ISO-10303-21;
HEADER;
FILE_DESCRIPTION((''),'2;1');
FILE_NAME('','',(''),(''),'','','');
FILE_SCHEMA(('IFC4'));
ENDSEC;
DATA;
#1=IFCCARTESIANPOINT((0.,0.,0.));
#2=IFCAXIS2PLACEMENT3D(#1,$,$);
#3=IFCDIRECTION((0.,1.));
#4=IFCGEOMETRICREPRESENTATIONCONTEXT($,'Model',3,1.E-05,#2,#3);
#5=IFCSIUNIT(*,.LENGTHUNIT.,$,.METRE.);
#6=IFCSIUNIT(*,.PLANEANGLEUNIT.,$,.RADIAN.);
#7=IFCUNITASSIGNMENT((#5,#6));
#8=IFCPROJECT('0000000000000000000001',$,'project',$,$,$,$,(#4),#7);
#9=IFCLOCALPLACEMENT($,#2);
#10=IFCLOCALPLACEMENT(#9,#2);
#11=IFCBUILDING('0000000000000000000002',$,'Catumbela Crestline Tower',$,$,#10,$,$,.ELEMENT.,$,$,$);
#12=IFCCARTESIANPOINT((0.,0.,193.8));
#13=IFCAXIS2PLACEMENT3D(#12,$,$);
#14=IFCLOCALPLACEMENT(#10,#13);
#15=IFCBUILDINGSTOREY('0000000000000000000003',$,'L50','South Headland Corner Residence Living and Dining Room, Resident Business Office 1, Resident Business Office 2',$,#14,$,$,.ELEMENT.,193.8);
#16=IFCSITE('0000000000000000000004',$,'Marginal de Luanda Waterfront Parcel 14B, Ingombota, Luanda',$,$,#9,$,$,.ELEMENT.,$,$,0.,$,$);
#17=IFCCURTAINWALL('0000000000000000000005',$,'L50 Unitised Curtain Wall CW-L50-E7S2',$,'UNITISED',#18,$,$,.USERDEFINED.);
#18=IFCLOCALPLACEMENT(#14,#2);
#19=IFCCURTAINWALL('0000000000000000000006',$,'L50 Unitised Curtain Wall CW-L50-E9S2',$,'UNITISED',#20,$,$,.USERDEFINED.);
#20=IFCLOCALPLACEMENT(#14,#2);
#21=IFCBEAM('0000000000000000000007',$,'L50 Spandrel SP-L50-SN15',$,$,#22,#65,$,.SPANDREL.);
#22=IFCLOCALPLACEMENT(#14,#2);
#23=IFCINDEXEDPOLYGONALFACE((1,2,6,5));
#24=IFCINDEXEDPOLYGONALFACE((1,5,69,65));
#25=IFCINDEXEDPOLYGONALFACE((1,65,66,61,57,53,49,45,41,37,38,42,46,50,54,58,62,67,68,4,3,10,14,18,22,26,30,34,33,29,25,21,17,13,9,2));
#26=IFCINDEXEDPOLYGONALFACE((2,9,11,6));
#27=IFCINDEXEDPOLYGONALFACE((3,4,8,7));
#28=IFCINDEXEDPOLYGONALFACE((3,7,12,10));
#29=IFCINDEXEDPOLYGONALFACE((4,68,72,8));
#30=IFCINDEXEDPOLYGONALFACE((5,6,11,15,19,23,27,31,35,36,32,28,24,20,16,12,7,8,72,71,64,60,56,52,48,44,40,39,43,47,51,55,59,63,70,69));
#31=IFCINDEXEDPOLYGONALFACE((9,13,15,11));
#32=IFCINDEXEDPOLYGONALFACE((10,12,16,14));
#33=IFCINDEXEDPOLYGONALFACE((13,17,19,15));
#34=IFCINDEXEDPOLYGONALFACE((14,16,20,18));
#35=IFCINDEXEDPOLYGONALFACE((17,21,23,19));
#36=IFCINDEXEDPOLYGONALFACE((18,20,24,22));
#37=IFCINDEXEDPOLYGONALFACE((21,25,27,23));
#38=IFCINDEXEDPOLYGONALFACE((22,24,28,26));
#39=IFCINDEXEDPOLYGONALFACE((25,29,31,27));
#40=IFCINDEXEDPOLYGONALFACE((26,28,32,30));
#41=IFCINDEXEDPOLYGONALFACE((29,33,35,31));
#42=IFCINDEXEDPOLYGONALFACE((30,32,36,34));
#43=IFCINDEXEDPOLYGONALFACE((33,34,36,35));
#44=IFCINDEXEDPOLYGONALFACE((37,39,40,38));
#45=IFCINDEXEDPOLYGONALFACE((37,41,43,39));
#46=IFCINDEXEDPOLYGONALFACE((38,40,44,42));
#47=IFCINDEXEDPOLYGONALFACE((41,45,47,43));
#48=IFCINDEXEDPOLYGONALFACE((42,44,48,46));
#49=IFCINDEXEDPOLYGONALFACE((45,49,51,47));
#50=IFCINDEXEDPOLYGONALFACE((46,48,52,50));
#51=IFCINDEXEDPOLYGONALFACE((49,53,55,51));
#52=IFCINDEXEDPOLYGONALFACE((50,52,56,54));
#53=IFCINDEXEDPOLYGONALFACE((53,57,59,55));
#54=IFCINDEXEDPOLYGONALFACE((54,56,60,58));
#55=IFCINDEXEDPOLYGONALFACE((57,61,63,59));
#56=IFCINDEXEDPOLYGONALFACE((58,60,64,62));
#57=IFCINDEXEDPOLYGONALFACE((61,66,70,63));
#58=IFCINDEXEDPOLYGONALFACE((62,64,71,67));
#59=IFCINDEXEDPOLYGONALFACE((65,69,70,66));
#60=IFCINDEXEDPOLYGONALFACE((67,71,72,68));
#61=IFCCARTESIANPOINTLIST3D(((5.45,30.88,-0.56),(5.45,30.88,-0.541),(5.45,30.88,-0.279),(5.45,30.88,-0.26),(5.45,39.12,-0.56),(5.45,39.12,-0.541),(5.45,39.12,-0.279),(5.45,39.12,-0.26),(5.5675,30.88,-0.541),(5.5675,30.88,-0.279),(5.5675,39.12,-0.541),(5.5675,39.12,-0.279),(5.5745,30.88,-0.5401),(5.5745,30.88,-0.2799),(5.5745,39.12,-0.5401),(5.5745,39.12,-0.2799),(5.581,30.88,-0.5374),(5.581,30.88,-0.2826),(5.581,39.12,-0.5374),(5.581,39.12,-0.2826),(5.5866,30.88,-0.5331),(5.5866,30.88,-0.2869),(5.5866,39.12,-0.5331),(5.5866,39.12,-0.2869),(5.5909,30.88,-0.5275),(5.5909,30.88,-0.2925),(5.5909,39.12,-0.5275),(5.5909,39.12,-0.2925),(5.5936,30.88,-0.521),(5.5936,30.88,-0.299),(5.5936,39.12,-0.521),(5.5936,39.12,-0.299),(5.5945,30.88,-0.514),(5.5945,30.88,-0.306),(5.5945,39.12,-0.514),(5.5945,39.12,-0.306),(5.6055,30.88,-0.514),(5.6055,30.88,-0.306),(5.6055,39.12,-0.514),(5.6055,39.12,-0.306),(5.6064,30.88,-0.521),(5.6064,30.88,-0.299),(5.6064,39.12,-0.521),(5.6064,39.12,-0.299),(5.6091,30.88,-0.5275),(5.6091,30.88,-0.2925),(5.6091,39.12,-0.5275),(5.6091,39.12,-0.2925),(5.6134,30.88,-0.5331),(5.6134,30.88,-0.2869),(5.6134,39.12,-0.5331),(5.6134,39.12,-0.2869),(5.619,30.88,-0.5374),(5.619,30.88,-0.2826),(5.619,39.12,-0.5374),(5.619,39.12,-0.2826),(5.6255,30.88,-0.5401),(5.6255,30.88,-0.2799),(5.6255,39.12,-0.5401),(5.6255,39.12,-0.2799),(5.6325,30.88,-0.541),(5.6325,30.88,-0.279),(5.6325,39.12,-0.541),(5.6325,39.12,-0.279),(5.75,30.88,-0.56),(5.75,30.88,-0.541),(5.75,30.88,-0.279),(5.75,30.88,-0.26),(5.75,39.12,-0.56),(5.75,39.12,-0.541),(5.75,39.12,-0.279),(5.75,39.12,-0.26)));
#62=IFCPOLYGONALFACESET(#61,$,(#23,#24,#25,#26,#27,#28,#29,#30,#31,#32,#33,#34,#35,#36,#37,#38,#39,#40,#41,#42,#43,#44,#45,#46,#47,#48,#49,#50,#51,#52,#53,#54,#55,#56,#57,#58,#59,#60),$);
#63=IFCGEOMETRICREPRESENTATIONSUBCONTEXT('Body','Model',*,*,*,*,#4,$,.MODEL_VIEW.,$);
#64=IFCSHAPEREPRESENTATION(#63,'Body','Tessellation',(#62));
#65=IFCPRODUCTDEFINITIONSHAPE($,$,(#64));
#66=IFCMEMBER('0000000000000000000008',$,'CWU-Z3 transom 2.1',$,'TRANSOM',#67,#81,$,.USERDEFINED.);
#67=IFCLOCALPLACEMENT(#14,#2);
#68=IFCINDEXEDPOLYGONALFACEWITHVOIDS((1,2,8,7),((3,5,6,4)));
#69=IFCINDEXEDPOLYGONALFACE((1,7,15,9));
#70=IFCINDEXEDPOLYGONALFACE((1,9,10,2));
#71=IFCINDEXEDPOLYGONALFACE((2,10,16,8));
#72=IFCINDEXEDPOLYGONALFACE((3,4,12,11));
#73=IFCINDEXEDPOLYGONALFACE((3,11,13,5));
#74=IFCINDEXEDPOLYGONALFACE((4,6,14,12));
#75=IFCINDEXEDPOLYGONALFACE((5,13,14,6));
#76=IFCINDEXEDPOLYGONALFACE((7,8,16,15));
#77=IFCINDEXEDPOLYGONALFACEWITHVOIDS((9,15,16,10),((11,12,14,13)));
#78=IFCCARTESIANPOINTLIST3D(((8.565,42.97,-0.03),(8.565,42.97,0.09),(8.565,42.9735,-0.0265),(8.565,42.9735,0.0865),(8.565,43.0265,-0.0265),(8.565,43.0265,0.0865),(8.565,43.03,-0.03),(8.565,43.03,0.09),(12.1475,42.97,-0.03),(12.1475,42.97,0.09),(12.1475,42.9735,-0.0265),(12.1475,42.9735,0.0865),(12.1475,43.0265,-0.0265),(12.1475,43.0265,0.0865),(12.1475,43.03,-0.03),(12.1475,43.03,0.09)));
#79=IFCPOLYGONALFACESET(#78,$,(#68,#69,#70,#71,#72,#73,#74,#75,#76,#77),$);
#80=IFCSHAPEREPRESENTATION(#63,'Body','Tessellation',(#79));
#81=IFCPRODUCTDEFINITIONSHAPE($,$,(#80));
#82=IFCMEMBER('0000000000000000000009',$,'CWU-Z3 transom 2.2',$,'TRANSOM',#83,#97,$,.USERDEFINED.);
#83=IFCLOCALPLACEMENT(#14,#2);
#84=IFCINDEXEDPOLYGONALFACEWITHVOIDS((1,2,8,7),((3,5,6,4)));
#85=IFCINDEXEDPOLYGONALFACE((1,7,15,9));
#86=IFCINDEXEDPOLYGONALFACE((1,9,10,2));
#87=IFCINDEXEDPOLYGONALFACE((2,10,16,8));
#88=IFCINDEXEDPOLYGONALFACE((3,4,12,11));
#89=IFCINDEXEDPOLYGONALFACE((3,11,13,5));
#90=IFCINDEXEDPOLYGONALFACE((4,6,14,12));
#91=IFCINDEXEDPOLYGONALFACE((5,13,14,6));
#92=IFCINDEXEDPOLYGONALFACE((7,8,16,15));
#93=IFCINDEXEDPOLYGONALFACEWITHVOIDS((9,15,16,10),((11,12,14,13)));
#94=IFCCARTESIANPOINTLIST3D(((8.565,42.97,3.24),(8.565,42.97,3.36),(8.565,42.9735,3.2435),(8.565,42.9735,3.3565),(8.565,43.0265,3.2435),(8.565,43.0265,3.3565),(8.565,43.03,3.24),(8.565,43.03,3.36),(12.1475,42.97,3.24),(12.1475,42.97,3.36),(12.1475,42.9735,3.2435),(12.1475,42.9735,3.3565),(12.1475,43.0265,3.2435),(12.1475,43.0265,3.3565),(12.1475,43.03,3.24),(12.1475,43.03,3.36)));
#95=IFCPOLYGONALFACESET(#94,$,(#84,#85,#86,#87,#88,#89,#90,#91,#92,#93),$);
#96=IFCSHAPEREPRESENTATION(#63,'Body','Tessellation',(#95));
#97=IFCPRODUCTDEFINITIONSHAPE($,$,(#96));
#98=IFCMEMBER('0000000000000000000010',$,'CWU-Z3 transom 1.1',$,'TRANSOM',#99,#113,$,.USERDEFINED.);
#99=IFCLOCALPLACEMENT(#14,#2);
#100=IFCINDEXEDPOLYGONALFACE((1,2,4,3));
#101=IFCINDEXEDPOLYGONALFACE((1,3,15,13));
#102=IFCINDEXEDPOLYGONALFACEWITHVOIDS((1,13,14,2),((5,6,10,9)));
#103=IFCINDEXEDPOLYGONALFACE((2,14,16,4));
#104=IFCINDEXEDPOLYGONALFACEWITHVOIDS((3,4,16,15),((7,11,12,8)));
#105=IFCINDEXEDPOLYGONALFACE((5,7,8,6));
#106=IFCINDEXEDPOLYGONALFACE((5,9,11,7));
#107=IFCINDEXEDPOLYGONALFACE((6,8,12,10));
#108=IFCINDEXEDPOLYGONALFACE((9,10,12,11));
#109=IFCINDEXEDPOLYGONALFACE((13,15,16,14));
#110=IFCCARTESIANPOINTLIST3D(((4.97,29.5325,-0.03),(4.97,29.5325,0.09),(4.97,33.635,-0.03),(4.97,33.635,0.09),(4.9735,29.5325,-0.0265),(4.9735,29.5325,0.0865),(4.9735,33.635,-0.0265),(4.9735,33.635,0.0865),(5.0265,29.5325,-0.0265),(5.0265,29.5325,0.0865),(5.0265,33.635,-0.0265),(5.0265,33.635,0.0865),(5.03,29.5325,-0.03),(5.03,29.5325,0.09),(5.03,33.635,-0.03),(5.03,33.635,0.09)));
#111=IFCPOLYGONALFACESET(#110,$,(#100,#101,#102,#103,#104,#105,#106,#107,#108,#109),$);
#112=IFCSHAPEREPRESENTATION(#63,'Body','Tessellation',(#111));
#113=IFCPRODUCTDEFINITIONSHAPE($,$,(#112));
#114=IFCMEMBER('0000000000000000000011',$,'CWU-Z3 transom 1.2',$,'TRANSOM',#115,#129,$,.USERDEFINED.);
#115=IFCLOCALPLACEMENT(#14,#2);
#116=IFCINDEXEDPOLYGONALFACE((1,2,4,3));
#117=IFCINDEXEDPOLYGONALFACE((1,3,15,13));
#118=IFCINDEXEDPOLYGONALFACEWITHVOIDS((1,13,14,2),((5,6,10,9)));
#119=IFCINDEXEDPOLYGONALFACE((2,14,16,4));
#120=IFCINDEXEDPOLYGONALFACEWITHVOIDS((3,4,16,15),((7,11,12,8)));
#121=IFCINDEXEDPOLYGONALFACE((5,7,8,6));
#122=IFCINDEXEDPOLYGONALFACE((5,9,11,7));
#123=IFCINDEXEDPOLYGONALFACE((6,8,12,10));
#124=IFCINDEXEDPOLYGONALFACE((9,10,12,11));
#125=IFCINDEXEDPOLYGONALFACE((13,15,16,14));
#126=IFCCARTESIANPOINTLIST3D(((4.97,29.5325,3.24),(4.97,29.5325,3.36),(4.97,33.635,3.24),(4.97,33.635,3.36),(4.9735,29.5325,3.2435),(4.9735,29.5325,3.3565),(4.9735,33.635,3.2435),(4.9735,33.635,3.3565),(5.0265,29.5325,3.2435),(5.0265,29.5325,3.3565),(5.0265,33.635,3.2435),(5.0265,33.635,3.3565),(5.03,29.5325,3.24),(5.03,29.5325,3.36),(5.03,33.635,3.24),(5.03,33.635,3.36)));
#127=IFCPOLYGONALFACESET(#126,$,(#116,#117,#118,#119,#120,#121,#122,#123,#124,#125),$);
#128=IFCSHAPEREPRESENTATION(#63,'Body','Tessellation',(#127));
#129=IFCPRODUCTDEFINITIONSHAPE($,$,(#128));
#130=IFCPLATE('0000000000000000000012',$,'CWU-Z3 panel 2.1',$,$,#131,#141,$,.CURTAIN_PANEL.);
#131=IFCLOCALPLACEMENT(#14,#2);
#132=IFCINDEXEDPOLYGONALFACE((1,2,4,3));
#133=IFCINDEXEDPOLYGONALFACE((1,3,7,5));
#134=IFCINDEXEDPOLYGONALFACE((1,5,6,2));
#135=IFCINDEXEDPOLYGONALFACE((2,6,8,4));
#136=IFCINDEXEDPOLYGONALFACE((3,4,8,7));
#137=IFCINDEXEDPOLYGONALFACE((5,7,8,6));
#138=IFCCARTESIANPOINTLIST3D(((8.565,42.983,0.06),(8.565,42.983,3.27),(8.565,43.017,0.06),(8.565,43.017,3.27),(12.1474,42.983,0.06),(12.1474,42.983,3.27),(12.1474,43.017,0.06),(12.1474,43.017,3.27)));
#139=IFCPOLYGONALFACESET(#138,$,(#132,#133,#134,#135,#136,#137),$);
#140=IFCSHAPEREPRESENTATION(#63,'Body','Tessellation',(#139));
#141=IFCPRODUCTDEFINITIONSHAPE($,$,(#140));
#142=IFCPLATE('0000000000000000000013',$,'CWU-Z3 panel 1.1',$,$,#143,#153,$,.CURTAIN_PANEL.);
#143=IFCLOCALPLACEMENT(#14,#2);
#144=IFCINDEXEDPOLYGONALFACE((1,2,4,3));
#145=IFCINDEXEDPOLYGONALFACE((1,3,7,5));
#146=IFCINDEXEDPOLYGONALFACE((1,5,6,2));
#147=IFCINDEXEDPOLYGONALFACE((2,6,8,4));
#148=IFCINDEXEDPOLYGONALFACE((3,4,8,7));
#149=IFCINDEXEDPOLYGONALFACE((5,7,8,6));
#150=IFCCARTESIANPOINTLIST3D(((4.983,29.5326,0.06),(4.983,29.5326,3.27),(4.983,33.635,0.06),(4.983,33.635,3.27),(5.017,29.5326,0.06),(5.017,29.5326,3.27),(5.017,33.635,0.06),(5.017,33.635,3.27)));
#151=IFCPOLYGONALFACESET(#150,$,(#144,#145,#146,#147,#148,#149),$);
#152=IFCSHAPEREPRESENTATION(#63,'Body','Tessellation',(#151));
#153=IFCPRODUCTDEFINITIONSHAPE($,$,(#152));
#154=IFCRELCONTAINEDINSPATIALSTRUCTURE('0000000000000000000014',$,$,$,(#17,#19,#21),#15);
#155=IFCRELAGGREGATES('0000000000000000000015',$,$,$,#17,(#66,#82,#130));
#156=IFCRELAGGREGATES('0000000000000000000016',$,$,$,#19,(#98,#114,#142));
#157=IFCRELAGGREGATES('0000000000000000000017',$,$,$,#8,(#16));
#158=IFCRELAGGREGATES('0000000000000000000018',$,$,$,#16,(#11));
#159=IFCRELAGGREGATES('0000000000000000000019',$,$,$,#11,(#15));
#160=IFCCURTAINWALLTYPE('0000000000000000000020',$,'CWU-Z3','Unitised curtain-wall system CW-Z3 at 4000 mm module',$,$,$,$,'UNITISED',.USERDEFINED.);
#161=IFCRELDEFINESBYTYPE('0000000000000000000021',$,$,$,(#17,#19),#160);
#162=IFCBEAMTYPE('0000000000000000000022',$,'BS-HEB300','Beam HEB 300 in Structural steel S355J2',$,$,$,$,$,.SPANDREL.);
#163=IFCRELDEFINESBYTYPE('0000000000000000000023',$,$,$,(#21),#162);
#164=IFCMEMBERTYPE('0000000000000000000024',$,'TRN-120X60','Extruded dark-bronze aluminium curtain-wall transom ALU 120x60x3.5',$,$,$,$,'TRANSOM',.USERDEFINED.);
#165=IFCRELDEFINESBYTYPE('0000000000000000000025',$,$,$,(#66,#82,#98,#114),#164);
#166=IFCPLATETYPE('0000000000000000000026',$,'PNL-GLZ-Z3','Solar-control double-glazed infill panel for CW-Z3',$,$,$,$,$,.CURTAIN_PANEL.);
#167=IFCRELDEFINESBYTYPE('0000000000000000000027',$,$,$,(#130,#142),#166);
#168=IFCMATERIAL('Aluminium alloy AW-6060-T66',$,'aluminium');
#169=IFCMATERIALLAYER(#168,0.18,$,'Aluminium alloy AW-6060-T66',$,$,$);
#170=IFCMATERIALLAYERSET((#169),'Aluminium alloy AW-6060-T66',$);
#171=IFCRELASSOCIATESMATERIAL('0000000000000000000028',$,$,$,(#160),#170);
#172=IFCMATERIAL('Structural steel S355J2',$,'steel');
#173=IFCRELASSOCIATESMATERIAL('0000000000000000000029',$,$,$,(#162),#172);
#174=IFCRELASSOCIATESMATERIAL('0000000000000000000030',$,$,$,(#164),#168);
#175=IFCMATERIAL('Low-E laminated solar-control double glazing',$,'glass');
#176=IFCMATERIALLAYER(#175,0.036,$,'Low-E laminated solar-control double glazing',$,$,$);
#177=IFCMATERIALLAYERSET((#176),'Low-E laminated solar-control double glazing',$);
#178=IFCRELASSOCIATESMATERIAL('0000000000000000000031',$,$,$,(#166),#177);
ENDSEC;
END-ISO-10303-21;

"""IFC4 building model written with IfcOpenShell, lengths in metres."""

from ifc_helpers import new_model, si_unit, direction, frame, origin, origin_2d, place, context, subcontext, project, spatial, rectangle, hollow_rectangle, i_section, extrude, material, layer, layer_set, material_profile, profile_set, type_object, element, aggregate, save


model = new_model("IFC4")

# Units and contexts
model_context = context("Model", 3, precision=1e-05, world=origin(), true_north=direction((0.0, 1.0)))
body_context = subcontext(model_context, "Body", "Model", "MODEL_VIEW")
ifc_project = project(units=[si_unit("LENGTHUNIT", "METRE"), si_unit("PLANEANGLEUNIT", "RADIAN")], contexts=[model_context])

# Site, building, storey
site_placement = place(None, origin())
site = spatial("IfcSite", under=ifc_project, at=site_placement, Name="Marginal de Luanda Waterfront Parcel 14B, Ingombota, Luanda", CompositionType="ELEMENT", RefElevation=0.0)
building_placement = place(site_placement, origin())
building = spatial("IfcBuilding", under=site, at=building_placement, Name="Catumbela Crestline Tower", CompositionType="ELEMENT")
storey_placement = place(building_placement, frame((0.0, 0.0, 193.8)))
storey = spatial("IfcBuildingStorey", under=building, at=storey_placement, Name="L50", Description="South Headland Corner Residence Living and Dining Room, Resident Business Office 1, Resident Business Office 2", CompositionType="ELEMENT", Elevation=193.8)

# Shared definitions
ifc_material_1 = material(Name="Structural steel S355J2", Category="steel")

# Curtain wall
ifc_material_2 = material(Name="Aluminium alloy AW-6060-T66", Category="aluminium")
ifc_layer_1 = layer(ifc_material_2, 0.18, Name="Aluminium alloy AW-6060-T66")
ifc_layer_set_1 = layer_set([ifc_layer_1], Name="Aluminium alloy AW-6060-T66")
curtain_wall_type = type_object("IfcCurtainWallType", Name="CWU-Z3", Description="Unitised curtain-wall system CW-Z3 at 4000 mm module", ElementType="UNITISED", PredefinedType="USERDEFINED", material=ifc_layer_set_1)
curtain_wall_1_placement = place(storey_placement, origin())
curtain_wall_1 = element("IfcCurtainWall", 1, at=curtain_wall_1_placement, inside=storey, type_object=curtain_wall_type, Name="L50 Unitised Curtain Wall CW-L50-E7S2", ObjectType="UNITISED", PredefinedType="USERDEFINED")

# Curtain wall
curtain_wall_2_placement = place(storey_placement, origin())
curtain_wall_2 = element("IfcCurtainWall", 2, at=curtain_wall_2_placement, inside=storey, type_object=curtain_wall_type, Name="L50 Unitised Curtain Wall CW-L50-E9S2", ObjectType="UNITISED", PredefinedType="USERDEFINED")

# Beam
ifc_material_profile_1 = material_profile(ifc_material_1, i_section(OverallWidth=0.3, OverallDepth=0.3, WebThickness=0.011, FlangeThickness=0.019, FilletRadius=0.027, at=origin_2d()), Name="HEB 300")
ifc_profile_set_1 = profile_set([ifc_material_profile_1], Name="Structural steel S355J2")
beam_type = type_object("IfcBeamType", Name="BS-HEB300", Description="Beam HEB 300 in Structural steel S355J2", PredefinedType="SPANDREL", material=ifc_profile_set_1)
beam_1_placement = place(storey_placement, frame((5.6, 30.88, -0.41), z_axis=(0.0, 1.0, 0.0), x_axis=(-1.0, 0.0, 0.0)))
element("IfcBeam", 3, at=beam_1_placement, inside=storey, type_object=beam_type, Name="L50 Spandrel SP-L50-SN15", PredefinedType="SPANDREL", context=body_context, shape_type="SweptSolid", body=[
    extrude(i_section(OverallWidth=0.3, OverallDepth=0.3, WebThickness=0.011, FlangeThickness=0.019, FilletRadius=0.027, at=origin_2d()), origin(), (0.0, 0.0, 1.0), 8.24),
])

# Members
ifc_material_profile_2 = material_profile(ifc_material_2, hollow_rectangle(XDim=0.06, YDim=0.12, WallThickness=0.0035, at=origin_2d()), Name="ALU 120x60x3.5")
ifc_profile_set_2 = profile_set([ifc_material_profile_2], Name="Aluminium alloy AW-6060-T66")
member_type_1 = type_object("IfcMemberType", Name="TRN-120X60", Description="Extruded dark-bronze aluminium curtain-wall transom ALU 120x60x3.5", ElementType="TRANSOM", PredefinedType="USERDEFINED", material=ifc_profile_set_2)
member_1_placement = place(storey_placement, frame((12.1475, 43.0, 0.03), z_axis=(-1.0, 0.0, 0.0), x_axis=(0.0, -1.0, 0.0)))
member_1 = element("IfcMember", 4, at=member_1_placement, type_object=member_type_1, Name="CWU-Z3 transom 2.1", ObjectType="TRANSOM", PredefinedType="USERDEFINED", context=body_context, shape_type="SweptSolid", body=[
    extrude(hollow_rectangle(XDim=0.06, YDim=0.12, WallThickness=0.0035, at=origin_2d()), origin(), (0.0, 0.0, 1.0), 3.5825),
])
member_2_placement = place(storey_placement, frame((12.1475, 43.0, 3.3), z_axis=(-1.0, 0.0, 0.0), x_axis=(0.0, -1.0, 0.0)))
member_2 = element("IfcMember", 5, at=member_2_placement, type_object=member_type_1, Name="CWU-Z3 transom 2.2", ObjectType="TRANSOM", PredefinedType="USERDEFINED", context=body_context, shape_type="SweptSolid", body=[
    extrude(hollow_rectangle(XDim=0.06, YDim=0.12, WallThickness=0.0035, at=origin_2d()), origin(), (0.0, 0.0, 1.0), 3.5825),
])
member_3_placement = place(storey_placement, frame((5.0, 33.635, 0.03), z_axis=(0.0, -1.0, 0.0), x_axis=(1.0, 0.0, 0.0)))
member_3 = element("IfcMember", 6, at=member_3_placement, type_object=member_type_1, Name="CWU-Z3 transom 1.1", ObjectType="TRANSOM", PredefinedType="USERDEFINED", context=body_context, shape_type="SweptSolid", body=[
    extrude(hollow_rectangle(XDim=0.06, YDim=0.12, WallThickness=0.0035, at=origin_2d()), origin(), (0.0, 0.0, 1.0), 4.1025),
])
member_4_placement = place(storey_placement, frame((5.0, 33.635, 3.3), z_axis=(0.0, -1.0, 0.0), x_axis=(1.0, 0.0, 0.0)))
member_4 = element("IfcMember", 7, at=member_4_placement, type_object=member_type_1, Name="CWU-Z3 transom 1.2", ObjectType="TRANSOM", PredefinedType="USERDEFINED", context=body_context, shape_type="SweptSolid", body=[
    extrude(hollow_rectangle(XDim=0.06, YDim=0.12, WallThickness=0.0035, at=origin_2d()), origin(), (0.0, 0.0, 1.0), 4.1025),
])

# Plates
ifc_material_3 = material(Name="Low-E laminated solar-control double glazing", Category="glass")
ifc_layer_2 = layer(ifc_material_3, 0.036, Name="Low-E laminated solar-control double glazing")
ifc_layer_set_2 = layer_set([ifc_layer_2], Name="Low-E laminated solar-control double glazing")
plate_type = type_object("IfcPlateType", Name="PNL-GLZ-Z3", Description="Solar-control double-glazed infill panel for CW-Z3", PredefinedType="CURTAIN_PANEL", material=ifc_layer_set_2)
plate_1_placement = place(storey_placement, frame((10.3562, 43.0, 0.06), z_axis=(0.0, 0.0, 1.0), x_axis=(-1.0, 0.0, 0.0)))
plate_1 = element("IfcPlate", 8, at=plate_1_placement, type_object=plate_type, Name="CWU-Z3 panel 2.1", PredefinedType="CURTAIN_PANEL", context=body_context, shape_type="SweptSolid", body=[
    extrude(rectangle(XDim=3.5825, YDim=0.034, at=origin_2d()), origin(), (0.0, 0.0, 1.0), 3.21),
])
aggregate(curtain_wall_1, [member_1, member_2, plate_1])
plate_2_placement = place(storey_placement, frame((5.0, 31.5838, 0.06), z_axis=(0.0, 0.0, 1.0), x_axis=(0.0, -1.0, 0.0)))
plate_2 = element("IfcPlate", 9, at=plate_2_placement, type_object=plate_type, Name="CWU-Z3 panel 1.1", PredefinedType="CURTAIN_PANEL", context=body_context, shape_type="SweptSolid", body=[
    extrude(rectangle(XDim=4.1025, YDim=0.034, at=origin_2d()), origin(), (0.0, 0.0, 1.0), 3.21),
])
aggregate(curtain_wall_2, [member_3, member_4, plate_2])

save(model, "model.ifc")
